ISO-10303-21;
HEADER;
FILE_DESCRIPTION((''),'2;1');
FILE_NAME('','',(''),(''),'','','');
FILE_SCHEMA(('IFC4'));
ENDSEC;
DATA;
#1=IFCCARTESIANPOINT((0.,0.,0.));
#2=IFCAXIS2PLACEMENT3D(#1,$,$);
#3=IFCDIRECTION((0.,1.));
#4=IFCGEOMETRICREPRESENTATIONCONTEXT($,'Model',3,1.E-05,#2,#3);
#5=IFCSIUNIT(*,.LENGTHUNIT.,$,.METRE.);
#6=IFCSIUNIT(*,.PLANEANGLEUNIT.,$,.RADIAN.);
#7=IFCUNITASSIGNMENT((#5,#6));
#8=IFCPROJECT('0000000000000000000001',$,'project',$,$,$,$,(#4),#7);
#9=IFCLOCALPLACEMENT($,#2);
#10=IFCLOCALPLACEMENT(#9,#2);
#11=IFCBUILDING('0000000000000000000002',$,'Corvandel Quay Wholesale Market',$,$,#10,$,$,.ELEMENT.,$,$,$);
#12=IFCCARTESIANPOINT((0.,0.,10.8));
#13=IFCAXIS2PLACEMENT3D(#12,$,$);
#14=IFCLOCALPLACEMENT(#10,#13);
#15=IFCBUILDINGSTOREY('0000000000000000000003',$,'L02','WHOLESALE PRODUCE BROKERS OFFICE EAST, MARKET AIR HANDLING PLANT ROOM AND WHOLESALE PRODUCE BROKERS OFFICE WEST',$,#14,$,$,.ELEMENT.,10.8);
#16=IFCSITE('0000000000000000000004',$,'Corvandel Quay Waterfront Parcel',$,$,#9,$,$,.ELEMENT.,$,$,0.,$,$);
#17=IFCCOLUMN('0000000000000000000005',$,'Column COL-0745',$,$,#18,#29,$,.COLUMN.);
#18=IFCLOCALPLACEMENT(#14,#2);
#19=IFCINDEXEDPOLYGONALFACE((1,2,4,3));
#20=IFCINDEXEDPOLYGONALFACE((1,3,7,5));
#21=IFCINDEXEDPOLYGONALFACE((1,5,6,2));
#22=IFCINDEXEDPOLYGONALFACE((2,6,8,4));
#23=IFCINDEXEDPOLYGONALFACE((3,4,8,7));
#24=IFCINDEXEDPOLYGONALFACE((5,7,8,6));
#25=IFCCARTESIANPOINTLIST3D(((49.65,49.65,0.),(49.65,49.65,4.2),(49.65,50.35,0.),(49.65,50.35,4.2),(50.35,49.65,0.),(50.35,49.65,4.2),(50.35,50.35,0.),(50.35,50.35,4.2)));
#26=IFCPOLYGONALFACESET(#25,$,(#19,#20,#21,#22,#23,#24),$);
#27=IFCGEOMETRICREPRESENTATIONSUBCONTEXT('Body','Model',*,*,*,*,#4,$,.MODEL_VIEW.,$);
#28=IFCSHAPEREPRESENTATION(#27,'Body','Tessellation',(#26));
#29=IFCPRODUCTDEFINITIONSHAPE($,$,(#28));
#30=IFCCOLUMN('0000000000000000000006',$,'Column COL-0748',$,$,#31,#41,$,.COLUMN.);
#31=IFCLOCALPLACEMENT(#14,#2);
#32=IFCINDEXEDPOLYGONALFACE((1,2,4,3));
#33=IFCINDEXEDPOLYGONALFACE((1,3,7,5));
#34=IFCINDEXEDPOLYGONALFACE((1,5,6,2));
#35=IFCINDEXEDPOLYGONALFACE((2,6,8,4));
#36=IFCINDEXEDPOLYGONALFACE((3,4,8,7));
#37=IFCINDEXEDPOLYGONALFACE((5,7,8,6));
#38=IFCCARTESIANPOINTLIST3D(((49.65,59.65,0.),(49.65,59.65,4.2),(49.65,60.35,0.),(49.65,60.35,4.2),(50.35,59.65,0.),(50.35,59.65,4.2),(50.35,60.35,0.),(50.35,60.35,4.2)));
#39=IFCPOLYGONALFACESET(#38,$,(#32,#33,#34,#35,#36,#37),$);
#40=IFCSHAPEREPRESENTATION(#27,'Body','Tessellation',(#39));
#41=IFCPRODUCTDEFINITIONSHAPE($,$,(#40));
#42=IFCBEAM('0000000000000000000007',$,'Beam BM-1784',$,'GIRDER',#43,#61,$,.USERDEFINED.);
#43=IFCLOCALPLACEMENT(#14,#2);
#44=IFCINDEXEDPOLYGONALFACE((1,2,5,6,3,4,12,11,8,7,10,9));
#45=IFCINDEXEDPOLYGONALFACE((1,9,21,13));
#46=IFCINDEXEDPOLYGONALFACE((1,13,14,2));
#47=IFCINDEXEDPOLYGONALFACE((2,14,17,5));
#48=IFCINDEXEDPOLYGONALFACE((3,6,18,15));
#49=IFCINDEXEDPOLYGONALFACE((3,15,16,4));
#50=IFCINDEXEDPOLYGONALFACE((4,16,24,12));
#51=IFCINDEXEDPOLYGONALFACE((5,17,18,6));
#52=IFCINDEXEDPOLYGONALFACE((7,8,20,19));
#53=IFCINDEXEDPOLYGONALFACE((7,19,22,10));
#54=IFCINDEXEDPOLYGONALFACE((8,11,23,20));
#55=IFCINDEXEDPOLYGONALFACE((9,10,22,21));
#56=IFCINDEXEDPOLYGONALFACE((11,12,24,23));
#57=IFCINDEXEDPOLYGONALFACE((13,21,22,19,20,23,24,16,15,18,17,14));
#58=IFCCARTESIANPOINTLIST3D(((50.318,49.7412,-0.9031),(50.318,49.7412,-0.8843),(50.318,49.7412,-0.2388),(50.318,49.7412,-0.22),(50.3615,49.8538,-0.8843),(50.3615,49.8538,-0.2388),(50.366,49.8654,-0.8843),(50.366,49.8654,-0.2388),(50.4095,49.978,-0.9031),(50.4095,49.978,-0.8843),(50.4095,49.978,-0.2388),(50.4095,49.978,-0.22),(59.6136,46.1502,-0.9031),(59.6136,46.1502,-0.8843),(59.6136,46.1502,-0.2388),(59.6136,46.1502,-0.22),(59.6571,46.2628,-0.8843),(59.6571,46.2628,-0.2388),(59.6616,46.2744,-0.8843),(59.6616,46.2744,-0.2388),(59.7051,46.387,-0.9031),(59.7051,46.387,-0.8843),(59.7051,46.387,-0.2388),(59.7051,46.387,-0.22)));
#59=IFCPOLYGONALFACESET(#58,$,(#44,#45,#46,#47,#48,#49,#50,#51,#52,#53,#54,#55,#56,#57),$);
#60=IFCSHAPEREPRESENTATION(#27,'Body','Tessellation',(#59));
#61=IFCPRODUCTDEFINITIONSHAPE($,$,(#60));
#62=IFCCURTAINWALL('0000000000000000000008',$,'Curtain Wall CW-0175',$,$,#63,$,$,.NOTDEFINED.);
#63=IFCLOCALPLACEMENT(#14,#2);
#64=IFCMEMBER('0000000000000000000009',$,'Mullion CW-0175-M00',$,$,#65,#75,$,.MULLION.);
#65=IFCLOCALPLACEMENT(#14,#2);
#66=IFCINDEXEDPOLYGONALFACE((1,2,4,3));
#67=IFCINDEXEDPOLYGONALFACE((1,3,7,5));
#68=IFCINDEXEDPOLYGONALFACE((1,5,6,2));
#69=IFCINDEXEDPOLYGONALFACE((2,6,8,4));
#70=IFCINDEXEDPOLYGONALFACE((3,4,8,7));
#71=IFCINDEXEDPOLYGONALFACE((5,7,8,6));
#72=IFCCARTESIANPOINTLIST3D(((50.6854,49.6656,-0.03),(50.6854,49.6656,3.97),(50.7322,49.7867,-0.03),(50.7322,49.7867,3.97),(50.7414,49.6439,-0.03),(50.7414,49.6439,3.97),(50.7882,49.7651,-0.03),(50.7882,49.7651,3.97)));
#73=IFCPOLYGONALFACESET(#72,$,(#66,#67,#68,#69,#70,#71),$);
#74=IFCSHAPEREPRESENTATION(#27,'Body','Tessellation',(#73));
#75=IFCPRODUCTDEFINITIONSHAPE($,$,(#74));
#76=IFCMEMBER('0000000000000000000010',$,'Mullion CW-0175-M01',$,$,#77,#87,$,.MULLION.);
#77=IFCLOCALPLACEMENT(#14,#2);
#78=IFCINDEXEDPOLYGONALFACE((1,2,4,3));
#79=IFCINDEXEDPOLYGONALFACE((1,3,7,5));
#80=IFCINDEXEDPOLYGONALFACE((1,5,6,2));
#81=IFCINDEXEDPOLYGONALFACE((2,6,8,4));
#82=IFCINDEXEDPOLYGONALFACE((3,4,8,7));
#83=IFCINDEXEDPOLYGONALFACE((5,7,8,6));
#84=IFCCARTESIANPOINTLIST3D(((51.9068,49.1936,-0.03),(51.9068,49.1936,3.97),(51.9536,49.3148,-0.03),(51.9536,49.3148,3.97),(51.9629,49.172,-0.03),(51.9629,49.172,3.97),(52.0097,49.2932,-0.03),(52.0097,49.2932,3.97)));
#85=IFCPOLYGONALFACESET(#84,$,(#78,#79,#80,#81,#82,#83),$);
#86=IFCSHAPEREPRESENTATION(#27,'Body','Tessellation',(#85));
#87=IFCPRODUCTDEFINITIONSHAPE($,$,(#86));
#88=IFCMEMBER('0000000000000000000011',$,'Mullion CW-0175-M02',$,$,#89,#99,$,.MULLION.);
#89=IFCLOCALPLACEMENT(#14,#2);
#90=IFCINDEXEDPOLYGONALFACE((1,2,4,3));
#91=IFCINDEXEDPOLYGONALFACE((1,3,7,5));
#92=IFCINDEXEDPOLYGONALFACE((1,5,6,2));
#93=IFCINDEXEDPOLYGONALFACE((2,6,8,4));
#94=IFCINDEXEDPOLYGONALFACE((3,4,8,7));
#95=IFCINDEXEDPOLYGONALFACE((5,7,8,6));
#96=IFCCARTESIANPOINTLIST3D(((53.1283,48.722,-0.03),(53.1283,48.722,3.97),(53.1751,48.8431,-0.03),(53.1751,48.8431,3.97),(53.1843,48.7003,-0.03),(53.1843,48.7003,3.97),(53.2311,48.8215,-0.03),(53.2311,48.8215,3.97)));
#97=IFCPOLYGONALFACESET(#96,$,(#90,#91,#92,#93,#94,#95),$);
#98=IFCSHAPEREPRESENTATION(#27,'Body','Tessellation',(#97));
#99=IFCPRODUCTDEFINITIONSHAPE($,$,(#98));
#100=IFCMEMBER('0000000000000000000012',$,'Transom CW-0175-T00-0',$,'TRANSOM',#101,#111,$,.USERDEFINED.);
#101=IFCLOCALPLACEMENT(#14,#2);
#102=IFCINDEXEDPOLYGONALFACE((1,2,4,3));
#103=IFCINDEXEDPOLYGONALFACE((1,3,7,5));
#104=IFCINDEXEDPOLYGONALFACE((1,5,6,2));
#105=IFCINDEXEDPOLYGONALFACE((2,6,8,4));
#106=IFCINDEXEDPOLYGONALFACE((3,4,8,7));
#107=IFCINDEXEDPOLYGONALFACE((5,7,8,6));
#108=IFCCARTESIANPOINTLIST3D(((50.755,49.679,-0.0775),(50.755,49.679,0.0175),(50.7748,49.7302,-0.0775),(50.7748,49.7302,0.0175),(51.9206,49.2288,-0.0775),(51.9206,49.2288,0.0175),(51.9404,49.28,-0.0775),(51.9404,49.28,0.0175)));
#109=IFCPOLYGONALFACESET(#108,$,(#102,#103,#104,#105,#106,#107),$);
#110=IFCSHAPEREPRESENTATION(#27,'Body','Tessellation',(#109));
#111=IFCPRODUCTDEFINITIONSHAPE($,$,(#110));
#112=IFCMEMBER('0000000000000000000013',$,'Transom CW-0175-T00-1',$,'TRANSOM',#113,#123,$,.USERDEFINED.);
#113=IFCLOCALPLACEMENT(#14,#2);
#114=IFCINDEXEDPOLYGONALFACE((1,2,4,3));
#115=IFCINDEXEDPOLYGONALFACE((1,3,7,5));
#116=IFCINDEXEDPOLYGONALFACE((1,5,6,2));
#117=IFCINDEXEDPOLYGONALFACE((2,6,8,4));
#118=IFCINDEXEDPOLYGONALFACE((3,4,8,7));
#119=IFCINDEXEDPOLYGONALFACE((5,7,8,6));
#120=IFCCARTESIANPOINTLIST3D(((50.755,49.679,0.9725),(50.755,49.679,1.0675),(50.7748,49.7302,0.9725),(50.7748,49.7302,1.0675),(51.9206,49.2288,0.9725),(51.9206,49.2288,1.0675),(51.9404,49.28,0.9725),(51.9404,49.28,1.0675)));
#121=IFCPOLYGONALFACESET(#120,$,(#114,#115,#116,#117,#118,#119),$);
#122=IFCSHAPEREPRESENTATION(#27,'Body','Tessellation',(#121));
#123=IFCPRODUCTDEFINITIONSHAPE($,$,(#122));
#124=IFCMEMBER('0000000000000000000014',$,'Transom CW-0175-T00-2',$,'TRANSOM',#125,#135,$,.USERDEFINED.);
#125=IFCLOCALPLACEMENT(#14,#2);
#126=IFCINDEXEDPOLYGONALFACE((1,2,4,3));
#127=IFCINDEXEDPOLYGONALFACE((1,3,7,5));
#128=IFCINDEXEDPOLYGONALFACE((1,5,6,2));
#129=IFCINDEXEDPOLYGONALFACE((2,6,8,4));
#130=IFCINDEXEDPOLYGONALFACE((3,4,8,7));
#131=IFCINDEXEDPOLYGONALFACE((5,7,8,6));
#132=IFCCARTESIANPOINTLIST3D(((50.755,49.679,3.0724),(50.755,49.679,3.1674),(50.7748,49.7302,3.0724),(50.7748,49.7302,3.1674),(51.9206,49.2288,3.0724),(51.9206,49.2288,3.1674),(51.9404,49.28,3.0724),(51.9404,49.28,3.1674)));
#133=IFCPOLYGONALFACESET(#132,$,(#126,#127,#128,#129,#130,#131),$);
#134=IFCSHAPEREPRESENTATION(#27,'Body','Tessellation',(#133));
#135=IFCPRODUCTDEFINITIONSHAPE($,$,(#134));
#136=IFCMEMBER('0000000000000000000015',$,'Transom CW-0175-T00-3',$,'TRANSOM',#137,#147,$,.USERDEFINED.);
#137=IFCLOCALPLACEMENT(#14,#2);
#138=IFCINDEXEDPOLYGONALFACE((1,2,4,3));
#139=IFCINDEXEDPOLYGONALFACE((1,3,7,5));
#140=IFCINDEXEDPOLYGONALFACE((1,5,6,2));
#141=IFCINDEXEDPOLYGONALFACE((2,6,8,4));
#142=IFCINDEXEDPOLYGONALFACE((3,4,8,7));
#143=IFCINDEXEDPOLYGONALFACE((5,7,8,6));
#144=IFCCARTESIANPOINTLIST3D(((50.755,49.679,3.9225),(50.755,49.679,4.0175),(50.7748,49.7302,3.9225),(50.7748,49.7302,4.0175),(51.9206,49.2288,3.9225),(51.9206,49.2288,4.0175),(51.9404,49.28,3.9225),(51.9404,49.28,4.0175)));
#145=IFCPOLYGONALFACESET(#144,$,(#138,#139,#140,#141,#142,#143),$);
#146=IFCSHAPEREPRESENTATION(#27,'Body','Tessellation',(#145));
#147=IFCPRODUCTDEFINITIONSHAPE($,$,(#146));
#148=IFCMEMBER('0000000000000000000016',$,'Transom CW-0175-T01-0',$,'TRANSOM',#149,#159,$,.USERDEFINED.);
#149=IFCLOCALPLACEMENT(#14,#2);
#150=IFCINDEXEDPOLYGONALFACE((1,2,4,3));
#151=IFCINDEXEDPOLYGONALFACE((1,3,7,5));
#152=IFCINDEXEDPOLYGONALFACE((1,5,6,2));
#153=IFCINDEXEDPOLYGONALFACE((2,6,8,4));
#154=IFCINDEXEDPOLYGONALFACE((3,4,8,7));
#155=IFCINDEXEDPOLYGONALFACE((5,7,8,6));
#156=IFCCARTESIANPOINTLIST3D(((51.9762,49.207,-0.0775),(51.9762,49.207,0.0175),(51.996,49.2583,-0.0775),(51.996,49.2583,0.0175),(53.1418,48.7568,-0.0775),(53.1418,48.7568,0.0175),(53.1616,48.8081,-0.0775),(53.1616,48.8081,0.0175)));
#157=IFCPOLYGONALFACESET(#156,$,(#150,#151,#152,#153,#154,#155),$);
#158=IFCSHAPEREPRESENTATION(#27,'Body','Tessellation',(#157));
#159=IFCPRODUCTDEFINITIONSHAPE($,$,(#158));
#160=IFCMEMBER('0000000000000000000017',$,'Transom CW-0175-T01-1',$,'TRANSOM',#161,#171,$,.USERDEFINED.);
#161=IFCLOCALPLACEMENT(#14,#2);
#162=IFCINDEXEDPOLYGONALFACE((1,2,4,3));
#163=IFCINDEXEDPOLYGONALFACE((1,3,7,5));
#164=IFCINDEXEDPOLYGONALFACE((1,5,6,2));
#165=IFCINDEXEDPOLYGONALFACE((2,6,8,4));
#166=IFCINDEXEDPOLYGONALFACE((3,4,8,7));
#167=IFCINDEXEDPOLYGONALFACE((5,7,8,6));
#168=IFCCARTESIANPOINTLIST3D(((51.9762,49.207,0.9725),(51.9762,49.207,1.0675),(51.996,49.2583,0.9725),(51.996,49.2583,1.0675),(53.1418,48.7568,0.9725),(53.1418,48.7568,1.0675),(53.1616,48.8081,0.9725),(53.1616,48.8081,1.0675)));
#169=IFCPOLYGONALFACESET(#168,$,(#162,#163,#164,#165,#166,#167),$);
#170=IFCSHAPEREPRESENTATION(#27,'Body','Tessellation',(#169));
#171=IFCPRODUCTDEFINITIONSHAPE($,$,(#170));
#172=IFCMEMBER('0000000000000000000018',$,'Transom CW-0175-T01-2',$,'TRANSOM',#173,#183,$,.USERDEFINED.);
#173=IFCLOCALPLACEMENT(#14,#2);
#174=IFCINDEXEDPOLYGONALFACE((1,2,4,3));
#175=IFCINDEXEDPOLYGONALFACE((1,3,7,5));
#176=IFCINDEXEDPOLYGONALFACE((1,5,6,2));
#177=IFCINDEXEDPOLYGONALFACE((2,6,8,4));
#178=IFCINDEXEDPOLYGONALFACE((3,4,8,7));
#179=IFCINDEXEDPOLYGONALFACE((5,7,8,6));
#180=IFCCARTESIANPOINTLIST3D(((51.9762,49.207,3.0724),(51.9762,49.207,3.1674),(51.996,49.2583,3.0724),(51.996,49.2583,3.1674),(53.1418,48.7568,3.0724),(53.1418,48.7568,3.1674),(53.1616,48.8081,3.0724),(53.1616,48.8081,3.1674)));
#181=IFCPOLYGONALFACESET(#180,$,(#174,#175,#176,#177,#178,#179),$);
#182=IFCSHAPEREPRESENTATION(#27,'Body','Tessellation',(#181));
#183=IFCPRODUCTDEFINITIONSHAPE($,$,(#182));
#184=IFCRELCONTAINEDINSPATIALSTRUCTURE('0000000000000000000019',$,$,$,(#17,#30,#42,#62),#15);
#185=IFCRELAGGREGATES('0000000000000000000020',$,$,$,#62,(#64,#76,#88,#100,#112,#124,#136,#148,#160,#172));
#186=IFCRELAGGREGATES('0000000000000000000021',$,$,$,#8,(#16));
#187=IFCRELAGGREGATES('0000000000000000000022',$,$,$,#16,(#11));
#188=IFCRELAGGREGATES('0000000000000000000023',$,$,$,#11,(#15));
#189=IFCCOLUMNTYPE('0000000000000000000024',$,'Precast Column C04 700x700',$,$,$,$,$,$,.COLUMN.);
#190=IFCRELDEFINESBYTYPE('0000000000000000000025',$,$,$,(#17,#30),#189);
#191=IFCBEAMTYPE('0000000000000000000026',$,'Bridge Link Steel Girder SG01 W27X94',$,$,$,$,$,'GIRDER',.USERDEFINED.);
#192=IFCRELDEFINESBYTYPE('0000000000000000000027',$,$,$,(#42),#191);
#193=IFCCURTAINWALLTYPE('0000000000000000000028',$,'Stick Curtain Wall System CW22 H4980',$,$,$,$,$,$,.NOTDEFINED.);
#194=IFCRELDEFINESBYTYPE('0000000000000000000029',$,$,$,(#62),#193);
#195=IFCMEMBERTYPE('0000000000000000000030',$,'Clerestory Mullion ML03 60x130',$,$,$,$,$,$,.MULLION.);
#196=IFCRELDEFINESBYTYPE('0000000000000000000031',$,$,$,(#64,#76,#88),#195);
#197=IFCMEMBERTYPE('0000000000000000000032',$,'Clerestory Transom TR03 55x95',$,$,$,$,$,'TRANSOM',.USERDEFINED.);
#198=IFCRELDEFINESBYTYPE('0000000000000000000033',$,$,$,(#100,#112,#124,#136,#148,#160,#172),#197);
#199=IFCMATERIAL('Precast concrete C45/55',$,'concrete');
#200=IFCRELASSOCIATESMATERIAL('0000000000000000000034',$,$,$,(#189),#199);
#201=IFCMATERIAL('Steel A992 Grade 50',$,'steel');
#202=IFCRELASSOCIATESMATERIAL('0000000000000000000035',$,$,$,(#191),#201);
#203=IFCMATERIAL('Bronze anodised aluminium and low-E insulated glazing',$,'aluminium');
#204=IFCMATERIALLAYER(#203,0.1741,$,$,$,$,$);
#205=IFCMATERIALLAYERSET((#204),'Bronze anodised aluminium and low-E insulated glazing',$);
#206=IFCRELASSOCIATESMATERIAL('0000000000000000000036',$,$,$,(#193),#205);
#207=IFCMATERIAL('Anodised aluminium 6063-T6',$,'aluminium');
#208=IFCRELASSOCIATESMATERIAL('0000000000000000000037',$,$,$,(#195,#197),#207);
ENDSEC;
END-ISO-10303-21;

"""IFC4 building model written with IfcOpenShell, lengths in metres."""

from ifc_helpers import new_model, si_unit, direction, frame, origin, origin_2d, place, context, subcontext, project, spatial, rectangle, i_section, extrude, material, layer, layer_set, material_profile, profile_set, type_object, element, aggregate, save


model = new_model("IFC4")

# Units and contexts
model_context = context("Model", 3, precision=1e-05, world=origin(), true_north=direction((0.0, 1.0)))
body_context = subcontext(model_context, "Body", "Model", "MODEL_VIEW")
ifc_project = project(units=[si_unit("LENGTHUNIT", "METRE"), si_unit("PLANEANGLEUNIT", "RADIAN")], contexts=[model_context])

# Site, building, storey
site_placement = place(None, origin())
site = spatial("IfcSite", under=ifc_project, at=site_placement, Name="Corvandel Quay Waterfront Parcel", CompositionType="ELEMENT", RefElevation=0.0)
building_placement = place(site_placement, origin())
building = spatial("IfcBuilding", under=site, at=building_placement, Name="Corvandel Quay Wholesale Market", CompositionType="ELEMENT")
storey_placement = place(building_placement, frame((0.0, 0.0, 10.8)))
storey = spatial("IfcBuildingStorey", under=building, at=storey_placement, Name="L02", Description="WHOLESALE PRODUCE BROKERS OFFICE EAST, MARKET AIR HANDLING PLANT ROOM AND WHOLESALE PRODUCE BROKERS OFFICE WEST", CompositionType="ELEMENT", Elevation=10.8)

# Columns
ifc_material_1 = material(Name="Precast concrete C45/55", Category="concrete")
ifc_material_profile_1 = material_profile(ifc_material_1, rectangle(XDim=0.7, YDim=0.7, at=origin_2d()), Name="PC-COL-700x700")
ifc_profile_set_1 = profile_set([ifc_material_profile_1], Name="Precast concrete C45/55")
column_type = type_object("IfcColumnType", Name="Precast Column C04 700x700", PredefinedType="COLUMN", material=ifc_profile_set_1)
for number, where, z_axis, x_axis, name in (
    (1, (50.0, 50.0, 0.0), (0.0, 0.0, 1.0), (1.0, 0.0, 0.0), "Column COL-0745"),
    (2, (50.0, 60.0, 0.0), (0.0, 0.0, 1.0), (1.0, 0.0, 0.0), "Column COL-0748"),
):
    element("IfcColumn", number, at=place(storey_placement, frame(where, z_axis=z_axis, x_axis=x_axis)), inside=storey, type_object=column_type, Name=name, PredefinedType="COLUMN", context=body_context, shape_type="SweptSolid", body=[
        extrude(rectangle(XDim=0.7, YDim=0.7, at=origin_2d()), origin(), (0.0, 0.0, 1.0), 4.2),
    ])

# Beam
ifc_material_2 = material(Name="Steel A992 Grade 50", Category="steel")
ifc_material_profile_2 = material_profile(ifc_material_2, i_section(OverallWidth=0.2539, OverallDepth=0.6831, WebThickness=0.0125, FlangeThickness=0.0188, at=origin_2d()), Name="W27X94")
ifc_profile_set_2 = profile_set([ifc_material_profile_2], Name="Steel A992 Grade 50")
beam_type_1 = type_object("IfcBeamType", Name="Bridge Link Steel Girder SG01 W27X94", ElementType="GIRDER", PredefinedType="USERDEFINED", material=ifc_profile_set_2)
beam_placement = place(storey_placement, frame((50.3638, 49.8596, -0.5615), z_axis=(0.932813, -0.360361, 0.0), x_axis=(0.360361, 0.932813, 0.0)))
element("IfcBeam", 3, at=beam_placement, inside=storey, type_object=beam_type_1, Name="Beam BM-1784", ObjectType="GIRDER", PredefinedType="USERDEFINED", context=body_context, shape_type="SweptSolid", body=[
    extrude(i_section(OverallWidth=0.2539, OverallDepth=0.6831, WebThickness=0.0125, FlangeThickness=0.0188, at=origin_2d()), origin(), (0.0, 0.0, 1.0), 9.9651),
])

# Curtain wall, members
ifc_material_3 = material(Name="Bronze anodised aluminium and low-E insulated glazing", Category="aluminium")
ifc_layer_1 = layer(ifc_material_3, 0.1741)
ifc_layer_set_1 = layer_set([ifc_layer_1], Name="Bronze anodised aluminium and low-E insulated glazing")
curtain_wall_type = type_object("IfcCurtainWallType", Name="Stick Curtain Wall System CW22 H4980", PredefinedType="NOTDEFINED", material=ifc_layer_set_1)
curtain_wall_placement = place(storey_placement, origin())
curtain_wall = element("IfcCurtainWall", 4, at=curtain_wall_placement, inside=storey, type_object=curtain_wall_type, Name="Curtain Wall CW-0175", PredefinedType="NOTDEFINED")
ifc_material_4 = material(Name="Anodised aluminium 6063-T6", Category="aluminium")
ifc_material_profile_3 = material_profile(ifc_material_4, rectangle(XDim=0.0601, YDim=0.1299, at=origin_2d()), Name="ALU-MUL-60x130")
ifc_profile_set_3 = profile_set([ifc_material_profile_3], Name="Anodised aluminium 6063-T6")
member_type_1 = type_object("IfcMemberType", Name="Clerestory Mullion ML03 60x130", PredefinedType="MULLION", material=ifc_profile_set_3)
member_1_placement = place(storey_placement, frame((50.7368, 49.7153, -0.03), z_axis=(0.0, 0.0, 1.0), x_axis=(-0.932828, 0.360322, 0.0)))
member_1 = element("IfcMember", 5, at=member_1_placement, type_object=member_type_1, Name="Mullion CW-0175-M00", PredefinedType="MULLION", context=body_context, shape_type="SweptSolid", body=[
    extrude(rectangle(XDim=0.0601, YDim=0.1299, at=origin_2d()), origin(), (0.0, 0.0, 1.0), 4.0),
])
member_2_placement = place(storey_placement, frame((51.9583, 49.2434, -0.03), z_axis=(0.0, 0.0, 1.0), x_axis=(-0.932828, 0.360322, 0.0)))
member_2 = element("IfcMember", 6, at=member_2_placement, type_object=member_type_1, Name="Mullion CW-0175-M01", PredefinedType="MULLION", context=body_context, shape_type="SweptSolid", body=[
    extrude(rectangle(XDim=0.0601, YDim=0.1299, at=origin_2d()), origin(), (0.0, 0.0, 1.0), 4.0),
])
member_3_placement = place(storey_placement, frame((53.1797, 48.7717, -0.03), z_axis=(0.0, 0.0, 1.0), x_axis=(-0.932828, 0.360322, 0.0)))
member_3 = element("IfcMember", 7, at=member_3_placement, type_object=member_type_1, Name="Mullion CW-0175-M02", PredefinedType="MULLION", context=body_context, shape_type="SweptSolid", body=[
    extrude(rectangle(XDim=0.0601, YDim=0.1299, at=origin_2d()), origin(), (0.0, 0.0, 1.0), 4.0),
])
ifc_material_profile_4 = material_profile(ifc_material_4, rectangle(XDim=0.0549, YDim=0.095, at=origin_2d()), Name="ALU-TRN-55x95")
ifc_profile_set_4 = profile_set([ifc_material_profile_4], Name="Anodised aluminium 6063-T6")
member_type_2 = type_object("IfcMemberType", Name="Clerestory Transom TR03 55x95", ElementType="TRANSOM", PredefinedType="USERDEFINED", material=ifc_profile_set_4)
member_4_placement = place(storey_placement, frame((50.7649, 49.7046, -0.03), z_axis=(0.932831, -0.360314, 0.0), x_axis=(0.360314, 0.932831, 0.0)))
member_4 = element("IfcMember", 8, at=member_4_placement, type_object=member_type_2, Name="Transom CW-0175-T00-0", ObjectType="TRANSOM", PredefinedType="USERDEFINED", context=body_context, shape_type="SweptSolid", body=[
    extrude(rectangle(XDim=0.0549, YDim=0.095, at=origin_2d()), origin(), (0.0, 0.0, 1.0), 1.2495),
])
member_5_placement = place(storey_placement, frame((50.7649, 49.7046, 1.02), z_axis=(0.932831, -0.360314, 0.0), x_axis=(0.360314, 0.932831, 0.0)))
member_5 = element("IfcMember", 9, at=member_5_placement, type_object=member_type_2, Name="Transom CW-0175-T00-1", ObjectType="TRANSOM", PredefinedType="USERDEFINED", context=body_context, shape_type="SweptSolid", body=[
    extrude(rectangle(XDim=0.0549, YDim=0.095, at=origin_2d()), origin(), (0.0, 0.0, 1.0), 1.2495),
])
member_6_placement = place(storey_placement, frame((50.7649, 49.7046, 3.1199), z_axis=(0.932831, -0.360314, 0.0), x_axis=(0.360314, 0.932831, 0.0)))
member_6 = element("IfcMember", 10, at=member_6_placement, type_object=member_type_2, Name="Transom CW-0175-T00-2", ObjectType="TRANSOM", PredefinedType="USERDEFINED", context=body_context, shape_type="SweptSolid", body=[
    extrude(rectangle(XDim=0.0549, YDim=0.095, at=origin_2d()), origin(), (0.0, 0.0, 1.0), 1.2495),
])
member_7_placement = place(storey_placement, frame((50.7649, 49.7046, 3.97), z_axis=(0.932831, -0.360314, 0.0), x_axis=(0.360314, 0.932831, 0.0)))
member_7 = element("IfcMember", 11, at=member_7_placement, type_object=member_type_2, Name="Transom CW-0175-T00-3", ObjectType="TRANSOM", PredefinedType="USERDEFINED", context=body_context, shape_type="SweptSolid", body=[
    extrude(rectangle(XDim=0.0549, YDim=0.095, at=origin_2d()), origin(), (0.0, 0.0, 1.0), 1.2495),
])
member_8_placement = place(storey_placement, frame((51.9861, 49.2327, -0.03), z_axis=(0.932831, -0.360314, 0.0), x_axis=(0.360314, 0.932831, 0.0)))
member_8 = element("IfcMember", 12, at=member_8_placement, type_object=member_type_2, Name="Transom CW-0175-T01-0", ObjectType="TRANSOM", PredefinedType="USERDEFINED", context=body_context, shape_type="SweptSolid", body=[
    extrude(rectangle(XDim=0.0549, YDim=0.095, at=origin_2d()), origin(), (0.0, 0.0, 1.0), 1.2495),
])
member_9_placement = place(storey_placement, frame((51.9861, 49.2327, 1.02), z_axis=(0.932831, -0.360314, 0.0), x_axis=(0.360314, 0.932831, 0.0)))
member_9 = element("IfcMember", 13, at=member_9_placement, type_object=member_type_2, Name="Transom CW-0175-T01-1", ObjectType="TRANSOM", PredefinedType="USERDEFINED", context=body_context, shape_type="SweptSolid", body=[
    extrude(rectangle(XDim=0.0549, YDim=0.095, at=origin_2d()), origin(), (0.0, 0.0, 1.0), 1.2495),
])
member_10_placement = place(storey_placement, frame((51.9861, 49.2327, 3.1199), z_axis=(0.932831, -0.360314, 0.0), x_axis=(0.360314, 0.932831, 0.0)))
member_10 = element("IfcMember", 14, at=member_10_placement, type_object=member_type_2, Name="Transom CW-0175-T01-2", ObjectType="TRANSOM", PredefinedType="USERDEFINED", context=body_context, shape_type="SweptSolid", body=[
    extrude(rectangle(XDim=0.0549, YDim=0.095, at=origin_2d()), origin(), (0.0, 0.0, 1.0), 1.2495),
])

aggregate(curtain_wall, [member_1, member_2, member_3, member_4, member_5, member_6, member_7, member_8, member_9, member_10])

save(model, "model.ifc")
